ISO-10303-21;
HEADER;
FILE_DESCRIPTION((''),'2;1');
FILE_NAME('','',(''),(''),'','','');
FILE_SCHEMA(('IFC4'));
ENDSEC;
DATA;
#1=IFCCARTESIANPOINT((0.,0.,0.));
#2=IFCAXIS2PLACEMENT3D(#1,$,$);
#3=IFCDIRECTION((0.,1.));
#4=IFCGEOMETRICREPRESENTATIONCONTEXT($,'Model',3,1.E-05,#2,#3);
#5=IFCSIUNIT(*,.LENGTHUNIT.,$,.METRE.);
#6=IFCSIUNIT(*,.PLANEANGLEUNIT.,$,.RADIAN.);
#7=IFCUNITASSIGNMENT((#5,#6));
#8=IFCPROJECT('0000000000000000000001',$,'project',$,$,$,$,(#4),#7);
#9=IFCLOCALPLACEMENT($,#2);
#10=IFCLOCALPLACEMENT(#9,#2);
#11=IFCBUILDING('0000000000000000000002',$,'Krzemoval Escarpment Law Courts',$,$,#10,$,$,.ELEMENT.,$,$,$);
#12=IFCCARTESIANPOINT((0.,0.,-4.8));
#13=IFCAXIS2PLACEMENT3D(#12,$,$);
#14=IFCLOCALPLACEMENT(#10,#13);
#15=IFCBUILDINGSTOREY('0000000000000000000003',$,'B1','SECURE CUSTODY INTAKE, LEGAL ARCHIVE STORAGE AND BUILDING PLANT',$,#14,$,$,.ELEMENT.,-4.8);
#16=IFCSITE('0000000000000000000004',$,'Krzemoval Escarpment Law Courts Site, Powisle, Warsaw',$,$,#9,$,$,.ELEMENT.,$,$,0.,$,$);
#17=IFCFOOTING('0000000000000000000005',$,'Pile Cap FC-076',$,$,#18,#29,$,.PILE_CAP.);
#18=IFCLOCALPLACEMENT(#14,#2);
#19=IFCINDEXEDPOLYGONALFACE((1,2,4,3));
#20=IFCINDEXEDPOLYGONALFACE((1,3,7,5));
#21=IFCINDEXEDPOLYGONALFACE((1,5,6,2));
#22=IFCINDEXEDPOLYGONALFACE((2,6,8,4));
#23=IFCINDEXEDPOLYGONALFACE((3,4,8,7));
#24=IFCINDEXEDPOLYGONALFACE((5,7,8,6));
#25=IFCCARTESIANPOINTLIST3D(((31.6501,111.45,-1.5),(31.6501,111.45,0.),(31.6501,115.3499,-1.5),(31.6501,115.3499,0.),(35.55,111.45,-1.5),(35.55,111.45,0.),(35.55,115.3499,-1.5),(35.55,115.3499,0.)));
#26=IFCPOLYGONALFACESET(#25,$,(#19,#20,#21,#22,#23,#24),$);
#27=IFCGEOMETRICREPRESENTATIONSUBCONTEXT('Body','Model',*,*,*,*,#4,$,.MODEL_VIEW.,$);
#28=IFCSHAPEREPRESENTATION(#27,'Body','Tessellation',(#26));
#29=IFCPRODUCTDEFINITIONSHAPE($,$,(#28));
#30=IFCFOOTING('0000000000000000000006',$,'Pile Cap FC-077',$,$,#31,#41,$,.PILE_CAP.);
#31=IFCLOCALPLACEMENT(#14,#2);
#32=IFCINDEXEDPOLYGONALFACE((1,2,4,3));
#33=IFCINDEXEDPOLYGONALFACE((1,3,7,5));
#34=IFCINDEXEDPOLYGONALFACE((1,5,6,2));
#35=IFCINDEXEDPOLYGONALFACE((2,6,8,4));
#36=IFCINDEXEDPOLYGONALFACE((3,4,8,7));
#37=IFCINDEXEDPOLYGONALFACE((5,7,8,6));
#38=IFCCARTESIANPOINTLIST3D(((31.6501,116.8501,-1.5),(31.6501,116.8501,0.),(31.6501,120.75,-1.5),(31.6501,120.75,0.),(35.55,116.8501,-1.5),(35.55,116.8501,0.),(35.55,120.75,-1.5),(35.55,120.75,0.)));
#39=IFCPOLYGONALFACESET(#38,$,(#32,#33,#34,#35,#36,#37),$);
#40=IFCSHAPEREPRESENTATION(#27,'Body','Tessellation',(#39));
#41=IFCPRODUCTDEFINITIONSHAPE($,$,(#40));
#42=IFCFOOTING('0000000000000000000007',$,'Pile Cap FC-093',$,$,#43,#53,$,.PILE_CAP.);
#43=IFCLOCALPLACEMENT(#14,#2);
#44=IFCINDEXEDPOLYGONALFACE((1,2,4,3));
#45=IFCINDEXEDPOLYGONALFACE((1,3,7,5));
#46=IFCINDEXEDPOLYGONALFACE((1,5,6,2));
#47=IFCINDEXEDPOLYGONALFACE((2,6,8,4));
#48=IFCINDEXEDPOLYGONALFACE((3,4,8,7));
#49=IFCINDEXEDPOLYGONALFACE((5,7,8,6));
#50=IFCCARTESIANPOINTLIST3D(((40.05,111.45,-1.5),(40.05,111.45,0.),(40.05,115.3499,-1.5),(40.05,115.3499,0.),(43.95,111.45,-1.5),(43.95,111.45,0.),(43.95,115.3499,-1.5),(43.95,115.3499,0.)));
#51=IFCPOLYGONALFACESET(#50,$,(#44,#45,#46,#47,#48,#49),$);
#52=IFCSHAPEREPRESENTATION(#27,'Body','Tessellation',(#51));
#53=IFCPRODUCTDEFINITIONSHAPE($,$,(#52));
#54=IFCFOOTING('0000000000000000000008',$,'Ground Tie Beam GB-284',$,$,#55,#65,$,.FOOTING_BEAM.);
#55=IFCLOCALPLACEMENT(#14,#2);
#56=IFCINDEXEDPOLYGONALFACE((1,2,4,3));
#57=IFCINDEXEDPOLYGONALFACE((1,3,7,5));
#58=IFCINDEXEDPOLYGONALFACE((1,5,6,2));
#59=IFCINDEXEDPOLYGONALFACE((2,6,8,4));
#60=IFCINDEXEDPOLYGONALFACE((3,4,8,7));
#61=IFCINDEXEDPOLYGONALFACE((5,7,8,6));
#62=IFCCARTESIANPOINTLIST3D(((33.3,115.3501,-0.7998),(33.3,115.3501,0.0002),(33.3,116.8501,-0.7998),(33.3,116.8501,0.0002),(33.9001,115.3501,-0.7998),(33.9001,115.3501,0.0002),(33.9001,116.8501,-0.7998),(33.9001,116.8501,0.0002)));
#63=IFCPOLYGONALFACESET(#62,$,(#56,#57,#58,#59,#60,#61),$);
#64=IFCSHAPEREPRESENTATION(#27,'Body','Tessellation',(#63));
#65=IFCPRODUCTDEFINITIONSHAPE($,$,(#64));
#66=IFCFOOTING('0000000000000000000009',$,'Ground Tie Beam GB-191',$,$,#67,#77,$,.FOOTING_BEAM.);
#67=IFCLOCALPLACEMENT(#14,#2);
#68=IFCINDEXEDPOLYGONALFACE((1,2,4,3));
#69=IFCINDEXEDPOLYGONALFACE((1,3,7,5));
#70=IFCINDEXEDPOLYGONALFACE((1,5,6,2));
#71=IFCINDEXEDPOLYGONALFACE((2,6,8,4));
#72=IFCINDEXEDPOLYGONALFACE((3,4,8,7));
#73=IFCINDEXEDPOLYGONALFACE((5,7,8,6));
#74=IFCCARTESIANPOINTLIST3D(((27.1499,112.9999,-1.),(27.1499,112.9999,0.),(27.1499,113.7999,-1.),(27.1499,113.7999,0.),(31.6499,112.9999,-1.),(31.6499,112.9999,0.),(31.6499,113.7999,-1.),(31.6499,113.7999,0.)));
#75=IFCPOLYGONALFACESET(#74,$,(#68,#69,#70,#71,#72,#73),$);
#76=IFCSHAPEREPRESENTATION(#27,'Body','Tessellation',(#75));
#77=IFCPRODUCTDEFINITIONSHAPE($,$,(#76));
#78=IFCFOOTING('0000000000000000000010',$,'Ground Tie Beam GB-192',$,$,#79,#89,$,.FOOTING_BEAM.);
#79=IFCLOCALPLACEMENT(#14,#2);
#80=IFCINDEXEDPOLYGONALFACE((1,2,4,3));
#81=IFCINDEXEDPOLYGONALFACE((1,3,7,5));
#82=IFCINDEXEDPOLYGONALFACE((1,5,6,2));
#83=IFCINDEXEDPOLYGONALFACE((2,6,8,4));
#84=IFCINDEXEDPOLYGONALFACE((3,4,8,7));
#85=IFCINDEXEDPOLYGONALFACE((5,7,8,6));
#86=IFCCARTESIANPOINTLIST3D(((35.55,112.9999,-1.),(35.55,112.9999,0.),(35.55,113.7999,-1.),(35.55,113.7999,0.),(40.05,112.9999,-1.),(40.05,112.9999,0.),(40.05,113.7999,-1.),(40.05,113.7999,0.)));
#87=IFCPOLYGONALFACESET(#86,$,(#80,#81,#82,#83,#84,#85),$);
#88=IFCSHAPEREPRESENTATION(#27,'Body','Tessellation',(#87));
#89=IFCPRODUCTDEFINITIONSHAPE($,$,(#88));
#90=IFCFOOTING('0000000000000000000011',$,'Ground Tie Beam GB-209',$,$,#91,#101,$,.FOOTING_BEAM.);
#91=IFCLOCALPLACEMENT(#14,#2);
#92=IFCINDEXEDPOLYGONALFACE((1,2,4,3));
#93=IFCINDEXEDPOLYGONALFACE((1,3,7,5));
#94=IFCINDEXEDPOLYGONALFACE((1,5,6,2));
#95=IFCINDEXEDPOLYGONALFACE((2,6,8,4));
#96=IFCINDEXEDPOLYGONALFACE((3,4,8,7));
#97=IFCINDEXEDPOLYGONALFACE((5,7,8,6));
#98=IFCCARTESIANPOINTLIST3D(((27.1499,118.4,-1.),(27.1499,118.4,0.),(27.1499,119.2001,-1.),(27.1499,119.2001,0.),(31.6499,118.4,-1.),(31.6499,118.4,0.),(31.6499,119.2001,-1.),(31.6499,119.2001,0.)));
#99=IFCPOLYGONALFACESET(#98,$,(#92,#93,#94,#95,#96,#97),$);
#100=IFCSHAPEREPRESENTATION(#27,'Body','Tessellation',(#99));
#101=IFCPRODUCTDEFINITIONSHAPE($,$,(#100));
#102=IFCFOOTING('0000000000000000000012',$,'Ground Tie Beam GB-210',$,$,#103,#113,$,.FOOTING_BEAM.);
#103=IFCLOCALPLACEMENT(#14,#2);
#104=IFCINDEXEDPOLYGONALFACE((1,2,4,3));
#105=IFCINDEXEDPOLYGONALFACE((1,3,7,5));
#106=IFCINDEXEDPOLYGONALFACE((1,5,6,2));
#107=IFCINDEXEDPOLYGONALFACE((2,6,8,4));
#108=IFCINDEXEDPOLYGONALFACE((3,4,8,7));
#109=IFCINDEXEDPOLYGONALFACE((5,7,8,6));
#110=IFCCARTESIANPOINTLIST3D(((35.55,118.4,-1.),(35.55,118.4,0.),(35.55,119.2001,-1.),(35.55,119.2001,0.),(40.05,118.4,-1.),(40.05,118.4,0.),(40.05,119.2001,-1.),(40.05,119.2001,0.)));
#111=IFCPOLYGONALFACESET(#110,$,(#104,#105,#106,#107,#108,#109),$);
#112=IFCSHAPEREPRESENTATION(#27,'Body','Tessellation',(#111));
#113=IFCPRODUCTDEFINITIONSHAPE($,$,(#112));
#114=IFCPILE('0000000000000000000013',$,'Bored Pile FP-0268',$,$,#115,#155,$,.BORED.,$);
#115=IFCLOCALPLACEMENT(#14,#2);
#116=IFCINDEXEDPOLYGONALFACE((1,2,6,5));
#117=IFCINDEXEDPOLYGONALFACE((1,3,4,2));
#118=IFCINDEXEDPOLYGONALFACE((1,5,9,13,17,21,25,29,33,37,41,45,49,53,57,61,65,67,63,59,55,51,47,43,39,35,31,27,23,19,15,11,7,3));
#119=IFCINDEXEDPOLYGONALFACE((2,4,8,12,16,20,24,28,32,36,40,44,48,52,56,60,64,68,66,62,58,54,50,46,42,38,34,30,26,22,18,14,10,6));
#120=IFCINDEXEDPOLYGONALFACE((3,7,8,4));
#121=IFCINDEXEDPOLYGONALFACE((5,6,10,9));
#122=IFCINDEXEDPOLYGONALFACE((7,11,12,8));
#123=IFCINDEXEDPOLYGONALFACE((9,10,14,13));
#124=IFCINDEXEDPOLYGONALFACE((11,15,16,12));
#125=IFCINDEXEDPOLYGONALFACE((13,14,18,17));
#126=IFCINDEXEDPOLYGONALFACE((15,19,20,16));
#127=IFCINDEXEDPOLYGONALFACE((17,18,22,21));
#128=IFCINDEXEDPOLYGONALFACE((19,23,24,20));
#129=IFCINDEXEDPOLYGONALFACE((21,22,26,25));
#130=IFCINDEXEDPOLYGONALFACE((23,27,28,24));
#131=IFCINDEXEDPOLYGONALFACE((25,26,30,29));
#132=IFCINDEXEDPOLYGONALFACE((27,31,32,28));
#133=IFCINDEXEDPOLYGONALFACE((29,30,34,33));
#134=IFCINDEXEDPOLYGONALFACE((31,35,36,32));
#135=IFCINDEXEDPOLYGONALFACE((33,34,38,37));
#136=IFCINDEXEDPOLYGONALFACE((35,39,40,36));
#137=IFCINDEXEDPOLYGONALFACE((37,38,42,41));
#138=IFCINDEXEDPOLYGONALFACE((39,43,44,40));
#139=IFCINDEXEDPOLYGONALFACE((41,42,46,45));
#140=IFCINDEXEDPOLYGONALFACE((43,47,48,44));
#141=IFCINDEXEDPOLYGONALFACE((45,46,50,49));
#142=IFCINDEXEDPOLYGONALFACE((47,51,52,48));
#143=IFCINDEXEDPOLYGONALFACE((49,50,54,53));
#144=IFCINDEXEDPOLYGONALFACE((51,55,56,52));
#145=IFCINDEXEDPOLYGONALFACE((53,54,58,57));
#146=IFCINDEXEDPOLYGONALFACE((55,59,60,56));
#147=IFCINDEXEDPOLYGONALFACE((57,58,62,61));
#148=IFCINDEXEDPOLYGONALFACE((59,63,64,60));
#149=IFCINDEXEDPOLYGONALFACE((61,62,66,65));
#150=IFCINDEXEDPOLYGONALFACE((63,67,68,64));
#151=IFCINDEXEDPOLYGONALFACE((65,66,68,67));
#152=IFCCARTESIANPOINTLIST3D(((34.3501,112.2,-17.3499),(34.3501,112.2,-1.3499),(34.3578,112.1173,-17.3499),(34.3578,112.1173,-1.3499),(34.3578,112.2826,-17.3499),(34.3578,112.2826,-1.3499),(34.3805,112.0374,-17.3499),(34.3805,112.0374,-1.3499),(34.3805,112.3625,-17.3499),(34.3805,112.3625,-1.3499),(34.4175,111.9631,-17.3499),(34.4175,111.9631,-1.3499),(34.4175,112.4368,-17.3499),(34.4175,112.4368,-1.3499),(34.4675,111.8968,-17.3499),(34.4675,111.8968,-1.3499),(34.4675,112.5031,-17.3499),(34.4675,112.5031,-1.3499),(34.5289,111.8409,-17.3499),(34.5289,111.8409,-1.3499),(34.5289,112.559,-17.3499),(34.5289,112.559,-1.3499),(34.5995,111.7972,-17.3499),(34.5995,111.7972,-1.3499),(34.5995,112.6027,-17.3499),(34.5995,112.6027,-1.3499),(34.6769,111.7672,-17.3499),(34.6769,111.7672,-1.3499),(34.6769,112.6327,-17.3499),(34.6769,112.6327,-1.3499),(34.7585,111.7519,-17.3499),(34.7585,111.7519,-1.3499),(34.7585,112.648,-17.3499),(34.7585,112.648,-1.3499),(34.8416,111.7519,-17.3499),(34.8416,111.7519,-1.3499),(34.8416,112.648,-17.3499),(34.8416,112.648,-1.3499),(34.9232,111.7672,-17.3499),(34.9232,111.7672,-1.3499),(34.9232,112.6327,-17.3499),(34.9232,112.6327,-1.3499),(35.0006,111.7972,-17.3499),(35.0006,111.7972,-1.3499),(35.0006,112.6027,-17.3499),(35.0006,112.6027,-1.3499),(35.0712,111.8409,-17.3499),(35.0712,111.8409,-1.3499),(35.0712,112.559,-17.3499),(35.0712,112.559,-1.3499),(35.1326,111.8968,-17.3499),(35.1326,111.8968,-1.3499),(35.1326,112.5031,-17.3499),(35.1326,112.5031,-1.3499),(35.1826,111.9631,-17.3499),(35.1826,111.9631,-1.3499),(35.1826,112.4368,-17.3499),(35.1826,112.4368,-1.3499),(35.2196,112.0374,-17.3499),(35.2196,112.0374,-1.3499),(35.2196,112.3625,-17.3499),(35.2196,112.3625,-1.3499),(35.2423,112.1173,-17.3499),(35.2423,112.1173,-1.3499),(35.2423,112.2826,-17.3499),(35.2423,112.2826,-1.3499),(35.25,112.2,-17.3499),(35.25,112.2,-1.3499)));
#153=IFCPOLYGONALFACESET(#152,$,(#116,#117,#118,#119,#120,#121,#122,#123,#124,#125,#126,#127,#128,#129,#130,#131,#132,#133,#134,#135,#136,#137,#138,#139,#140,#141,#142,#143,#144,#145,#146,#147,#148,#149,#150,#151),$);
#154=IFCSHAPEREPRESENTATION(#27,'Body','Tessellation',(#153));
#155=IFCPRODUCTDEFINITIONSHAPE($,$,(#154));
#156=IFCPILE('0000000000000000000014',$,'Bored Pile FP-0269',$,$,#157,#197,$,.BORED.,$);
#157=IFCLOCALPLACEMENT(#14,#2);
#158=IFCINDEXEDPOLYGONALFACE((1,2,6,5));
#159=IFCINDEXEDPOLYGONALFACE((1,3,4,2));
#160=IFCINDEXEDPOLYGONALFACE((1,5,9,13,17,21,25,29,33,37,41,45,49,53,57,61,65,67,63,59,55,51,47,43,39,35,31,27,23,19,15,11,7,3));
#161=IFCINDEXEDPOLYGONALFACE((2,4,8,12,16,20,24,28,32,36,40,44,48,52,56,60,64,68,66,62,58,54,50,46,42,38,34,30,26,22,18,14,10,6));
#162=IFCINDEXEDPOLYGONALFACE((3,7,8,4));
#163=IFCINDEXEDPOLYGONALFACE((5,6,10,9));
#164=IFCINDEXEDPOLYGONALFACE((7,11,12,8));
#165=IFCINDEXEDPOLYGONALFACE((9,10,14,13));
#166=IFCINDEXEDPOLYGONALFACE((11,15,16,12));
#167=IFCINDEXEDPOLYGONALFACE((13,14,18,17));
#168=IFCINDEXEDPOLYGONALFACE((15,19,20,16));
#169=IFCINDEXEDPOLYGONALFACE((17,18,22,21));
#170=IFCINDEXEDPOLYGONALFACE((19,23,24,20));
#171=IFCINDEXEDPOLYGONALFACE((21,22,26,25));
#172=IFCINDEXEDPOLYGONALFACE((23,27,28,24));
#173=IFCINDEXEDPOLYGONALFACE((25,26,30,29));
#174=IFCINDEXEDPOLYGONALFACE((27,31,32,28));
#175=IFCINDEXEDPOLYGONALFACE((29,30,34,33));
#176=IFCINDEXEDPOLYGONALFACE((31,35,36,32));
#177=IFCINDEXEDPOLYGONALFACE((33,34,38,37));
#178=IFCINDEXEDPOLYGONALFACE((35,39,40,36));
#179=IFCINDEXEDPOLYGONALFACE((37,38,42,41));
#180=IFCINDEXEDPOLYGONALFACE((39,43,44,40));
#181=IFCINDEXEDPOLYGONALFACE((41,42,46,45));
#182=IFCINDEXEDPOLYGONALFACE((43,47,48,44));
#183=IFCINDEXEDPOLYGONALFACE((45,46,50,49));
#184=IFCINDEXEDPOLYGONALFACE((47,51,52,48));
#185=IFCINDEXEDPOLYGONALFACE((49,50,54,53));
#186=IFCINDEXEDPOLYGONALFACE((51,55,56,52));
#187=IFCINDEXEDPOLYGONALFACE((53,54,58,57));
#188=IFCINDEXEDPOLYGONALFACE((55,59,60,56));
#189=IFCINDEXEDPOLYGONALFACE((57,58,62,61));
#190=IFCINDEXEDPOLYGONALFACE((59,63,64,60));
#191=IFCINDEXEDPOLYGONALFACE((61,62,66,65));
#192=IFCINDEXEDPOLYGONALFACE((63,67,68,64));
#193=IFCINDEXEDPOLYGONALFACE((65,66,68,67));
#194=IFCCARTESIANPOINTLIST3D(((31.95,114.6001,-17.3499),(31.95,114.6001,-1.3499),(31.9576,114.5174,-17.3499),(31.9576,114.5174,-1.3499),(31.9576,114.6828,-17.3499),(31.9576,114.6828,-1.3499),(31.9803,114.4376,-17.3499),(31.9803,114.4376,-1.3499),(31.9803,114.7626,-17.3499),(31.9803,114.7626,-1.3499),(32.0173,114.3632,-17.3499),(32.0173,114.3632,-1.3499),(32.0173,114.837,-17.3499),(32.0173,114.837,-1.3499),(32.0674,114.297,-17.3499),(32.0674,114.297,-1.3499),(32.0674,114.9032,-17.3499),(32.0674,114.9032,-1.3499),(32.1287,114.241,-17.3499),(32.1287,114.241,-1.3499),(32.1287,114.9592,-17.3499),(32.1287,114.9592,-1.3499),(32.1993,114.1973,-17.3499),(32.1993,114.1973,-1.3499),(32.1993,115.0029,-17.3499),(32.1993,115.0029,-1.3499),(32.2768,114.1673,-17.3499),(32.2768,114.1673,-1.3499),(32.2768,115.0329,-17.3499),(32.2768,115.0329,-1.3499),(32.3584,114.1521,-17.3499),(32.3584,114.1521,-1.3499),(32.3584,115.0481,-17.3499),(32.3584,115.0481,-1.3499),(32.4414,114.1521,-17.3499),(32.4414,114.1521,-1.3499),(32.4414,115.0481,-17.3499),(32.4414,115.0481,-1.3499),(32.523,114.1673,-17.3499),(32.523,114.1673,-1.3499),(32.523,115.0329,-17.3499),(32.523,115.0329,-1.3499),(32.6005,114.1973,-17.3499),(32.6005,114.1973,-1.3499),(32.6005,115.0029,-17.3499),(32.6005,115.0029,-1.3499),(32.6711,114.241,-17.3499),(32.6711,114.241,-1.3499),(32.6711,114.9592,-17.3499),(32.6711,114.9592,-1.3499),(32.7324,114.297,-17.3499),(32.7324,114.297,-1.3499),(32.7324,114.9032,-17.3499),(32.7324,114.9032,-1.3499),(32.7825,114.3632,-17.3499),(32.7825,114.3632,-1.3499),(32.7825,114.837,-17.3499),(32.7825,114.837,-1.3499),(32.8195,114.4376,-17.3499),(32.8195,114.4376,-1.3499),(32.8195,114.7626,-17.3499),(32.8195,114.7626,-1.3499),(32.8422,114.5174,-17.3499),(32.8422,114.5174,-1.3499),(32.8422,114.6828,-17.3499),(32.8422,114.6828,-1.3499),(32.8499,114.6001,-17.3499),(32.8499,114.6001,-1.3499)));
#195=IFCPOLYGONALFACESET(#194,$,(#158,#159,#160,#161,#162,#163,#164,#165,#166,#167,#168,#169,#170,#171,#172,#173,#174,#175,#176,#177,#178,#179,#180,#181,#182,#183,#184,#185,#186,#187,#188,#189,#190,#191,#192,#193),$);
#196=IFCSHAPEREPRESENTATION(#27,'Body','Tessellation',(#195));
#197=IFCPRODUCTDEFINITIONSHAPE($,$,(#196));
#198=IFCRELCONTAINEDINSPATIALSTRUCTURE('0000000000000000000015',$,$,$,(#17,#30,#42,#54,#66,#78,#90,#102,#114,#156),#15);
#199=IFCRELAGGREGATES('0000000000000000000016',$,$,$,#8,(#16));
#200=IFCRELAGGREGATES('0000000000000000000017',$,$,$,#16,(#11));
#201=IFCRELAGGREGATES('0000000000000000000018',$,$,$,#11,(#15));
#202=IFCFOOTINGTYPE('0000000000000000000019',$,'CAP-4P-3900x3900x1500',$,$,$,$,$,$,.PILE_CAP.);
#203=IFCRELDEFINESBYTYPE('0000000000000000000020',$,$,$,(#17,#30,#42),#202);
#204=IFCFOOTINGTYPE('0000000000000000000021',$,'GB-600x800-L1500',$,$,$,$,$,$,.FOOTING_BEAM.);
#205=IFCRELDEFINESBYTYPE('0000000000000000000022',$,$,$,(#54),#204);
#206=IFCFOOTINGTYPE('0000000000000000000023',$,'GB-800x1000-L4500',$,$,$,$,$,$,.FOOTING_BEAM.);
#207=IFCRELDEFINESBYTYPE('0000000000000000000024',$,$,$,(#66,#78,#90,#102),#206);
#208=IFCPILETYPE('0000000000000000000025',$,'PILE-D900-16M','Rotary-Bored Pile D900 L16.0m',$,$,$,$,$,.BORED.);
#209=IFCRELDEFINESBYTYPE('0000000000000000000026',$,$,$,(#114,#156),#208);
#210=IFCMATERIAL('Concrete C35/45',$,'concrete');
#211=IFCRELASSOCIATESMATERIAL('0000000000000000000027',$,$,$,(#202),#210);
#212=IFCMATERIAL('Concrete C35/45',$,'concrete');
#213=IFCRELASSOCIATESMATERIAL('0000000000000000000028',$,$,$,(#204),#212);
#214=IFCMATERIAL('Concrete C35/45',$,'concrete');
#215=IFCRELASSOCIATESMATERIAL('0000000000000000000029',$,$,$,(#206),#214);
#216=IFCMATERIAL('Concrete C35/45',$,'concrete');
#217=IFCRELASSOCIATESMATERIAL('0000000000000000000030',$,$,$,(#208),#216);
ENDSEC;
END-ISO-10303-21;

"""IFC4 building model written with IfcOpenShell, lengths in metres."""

from ifc_helpers import new_model, si_unit, direction, frame, origin, origin_2d, place, context, subcontext, project, spatial, rectangle, circle, extrude, material, material_profile, profile_set, type_object, element, save


model = new_model("IFC4")

# Units and contexts
model_context = context("Model", 3, precision=1e-05, world=origin(), true_north=direction((0.0, 1.0)))
body_context = subcontext(model_context, "Body", "Model", "MODEL_VIEW")
ifc_project = project(units=[si_unit("LENGTHUNIT", "METRE"), si_unit("PLANEANGLEUNIT", "RADIAN")], contexts=[model_context])

# Site, building, storey
site_placement = place(None, origin())
site = spatial("IfcSite", under=ifc_project, at=site_placement, Name="Krzemoval Escarpment Law Courts Site, Powisle, Warsaw", CompositionType="ELEMENT", RefElevation=0.0)
building_placement = place(site_placement, origin())
building = spatial("IfcBuilding", under=site, at=building_placement, Name="Krzemoval Escarpment Law Courts", CompositionType="ELEMENT")
storey_placement = place(building_placement, frame((0.0, 0.0, -4.8)))
storey = spatial("IfcBuildingStorey", under=building, at=storey_placement, Name="B1", Description="SECURE CUSTODY INTAKE, LEGAL ARCHIVE STORAGE AND BUILDING PLANT", CompositionType="ELEMENT", Elevation=-4.8)

# Footings
ifc_material_1 = material(Name="Concrete C35/45", Category="concrete")
footing_type_1 = type_object("IfcFootingType", Name="CAP-4P-3900x3900x1500", PredefinedType="PILE_CAP", material=ifc_material_1)
for number, where, z_axis, x_axis, name in (
    (1, (33.6001, 113.3999, -1.5), (0.0, 0.0, 1.0), (1.0, 0.0, 0.0), "Pile Cap FC-076"),
    (2, (33.6001, 118.8, -1.5), (0.0, 0.0, 1.0), (1.0, 0.0, 0.0), "Pile Cap FC-077"),
    (3, (42.0, 113.3999, -1.5), (0.0, 0.0, 1.0), (1.0, 0.0, 0.0), "Pile Cap FC-093"),
):
    element("IfcFooting", number, at=place(storey_placement, frame(where, z_axis=z_axis, x_axis=x_axis)), inside=storey, type_object=footing_type_1, Name=name, PredefinedType="PILE_CAP", context=body_context, shape_type="SweptSolid", body=[
        extrude(rectangle(XDim=3.8999, YDim=3.8999, at=origin_2d()), origin(), (0.0, 0.0, 1.0), 1.5),
    ])
ifc_material_2 = material(Name="Concrete C35/45", Category="concrete")
footing_type_2 = type_object("IfcFootingType", Name="GB-600x800-L1500", PredefinedType="FOOTING_BEAM", material=ifc_material_2)
footing_placement = place(storey_placement, frame((33.6001, 116.1001, -0.7998), z_axis=(0.0, 0.0, 1.0), x_axis=(0.0, 1.0, 0.0)))
element("IfcFooting", 4, at=footing_placement, inside=storey, type_object=footing_type_2, Name="Ground Tie Beam GB-284", PredefinedType="FOOTING_BEAM", context=body_context, shape_type="SweptSolid", body=[
    extrude(rectangle(XDim=1.5, YDim=0.6001, at=origin_2d()), origin(), (0.0, 0.0, 1.0), 0.8),
])
ifc_material_3 = material(Name="Concrete C35/45", Category="concrete")
footing_type_3 = type_object("IfcFootingType", Name="GB-800x1000-L4500", PredefinedType="FOOTING_BEAM", material=ifc_material_3)
for number, where, z_axis, x_axis, name in (
    (5, (29.3999, 113.3999, -1.0), (0.0, 0.0, 1.0), (1.0, 0.0, 0.0), "Ground Tie Beam GB-191"),
    (6, (37.8, 113.3999, -1.0), (0.0, 0.0, 1.0), (1.0, 0.0, 0.0), "Ground Tie Beam GB-192"),
    (7, (29.3999, 118.8, -1.0), (0.0, 0.0, 1.0), (1.0, 0.0, 0.0), "Ground Tie Beam GB-209"),
    (8, (37.8, 118.8, -1.0), (0.0, 0.0, 1.0), (1.0, 0.0, 0.0), "Ground Tie Beam GB-210"),
):
    element("IfcFooting", number, at=place(storey_placement, frame(where, z_axis=z_axis, x_axis=x_axis)), inside=storey, type_object=footing_type_3, Name=name, PredefinedType="FOOTING_BEAM", context=body_context, shape_type="SweptSolid", body=[
        extrude(rectangle(XDim=4.5, YDim=0.8, at=origin_2d()), origin(), (0.0, 0.0, 1.0), 1.0),
    ])

# Piles
ifc_material_4 = material(Name="Concrete C35/45", Category="concrete")
ifc_material_profile_1 = material_profile(ifc_material_4, circle(Radius=0.45, at=origin_2d()), Name="PILE D900")
ifc_profile_set_1 = profile_set([ifc_material_profile_1], Name="Concrete C35/45")
pile_type = type_object("IfcPileType", Name="PILE-D900-16M", Description="Rotary-Bored Pile D900 L16.0m", PredefinedType="BORED", material=ifc_profile_set_1)
for number, where, z_axis, x_axis, name in (
    (9, (34.8, 112.2, -1.3499), (0.0, 0.0, -1.0), (1.0, 0.0, 0.0), "Bored Pile FP-0268"),
    (10, (32.3999, 114.6001, -1.3499), (0.0, 0.0, -1.0), (1.0, 0.0, 0.0), "Bored Pile FP-0269"),
):
    element("IfcPile", number, at=place(storey_placement, frame(where, z_axis=z_axis, x_axis=x_axis)), inside=storey, type_object=pile_type, Name=name, PredefinedType="BORED", context=body_context, shape_type="SweptSolid", body=[
        extrude(circle(Radius=0.45, at=origin_2d()), origin(), (0.0, 0.0, 1.0), 16.0),
    ])

save(model, "model.ifc")
